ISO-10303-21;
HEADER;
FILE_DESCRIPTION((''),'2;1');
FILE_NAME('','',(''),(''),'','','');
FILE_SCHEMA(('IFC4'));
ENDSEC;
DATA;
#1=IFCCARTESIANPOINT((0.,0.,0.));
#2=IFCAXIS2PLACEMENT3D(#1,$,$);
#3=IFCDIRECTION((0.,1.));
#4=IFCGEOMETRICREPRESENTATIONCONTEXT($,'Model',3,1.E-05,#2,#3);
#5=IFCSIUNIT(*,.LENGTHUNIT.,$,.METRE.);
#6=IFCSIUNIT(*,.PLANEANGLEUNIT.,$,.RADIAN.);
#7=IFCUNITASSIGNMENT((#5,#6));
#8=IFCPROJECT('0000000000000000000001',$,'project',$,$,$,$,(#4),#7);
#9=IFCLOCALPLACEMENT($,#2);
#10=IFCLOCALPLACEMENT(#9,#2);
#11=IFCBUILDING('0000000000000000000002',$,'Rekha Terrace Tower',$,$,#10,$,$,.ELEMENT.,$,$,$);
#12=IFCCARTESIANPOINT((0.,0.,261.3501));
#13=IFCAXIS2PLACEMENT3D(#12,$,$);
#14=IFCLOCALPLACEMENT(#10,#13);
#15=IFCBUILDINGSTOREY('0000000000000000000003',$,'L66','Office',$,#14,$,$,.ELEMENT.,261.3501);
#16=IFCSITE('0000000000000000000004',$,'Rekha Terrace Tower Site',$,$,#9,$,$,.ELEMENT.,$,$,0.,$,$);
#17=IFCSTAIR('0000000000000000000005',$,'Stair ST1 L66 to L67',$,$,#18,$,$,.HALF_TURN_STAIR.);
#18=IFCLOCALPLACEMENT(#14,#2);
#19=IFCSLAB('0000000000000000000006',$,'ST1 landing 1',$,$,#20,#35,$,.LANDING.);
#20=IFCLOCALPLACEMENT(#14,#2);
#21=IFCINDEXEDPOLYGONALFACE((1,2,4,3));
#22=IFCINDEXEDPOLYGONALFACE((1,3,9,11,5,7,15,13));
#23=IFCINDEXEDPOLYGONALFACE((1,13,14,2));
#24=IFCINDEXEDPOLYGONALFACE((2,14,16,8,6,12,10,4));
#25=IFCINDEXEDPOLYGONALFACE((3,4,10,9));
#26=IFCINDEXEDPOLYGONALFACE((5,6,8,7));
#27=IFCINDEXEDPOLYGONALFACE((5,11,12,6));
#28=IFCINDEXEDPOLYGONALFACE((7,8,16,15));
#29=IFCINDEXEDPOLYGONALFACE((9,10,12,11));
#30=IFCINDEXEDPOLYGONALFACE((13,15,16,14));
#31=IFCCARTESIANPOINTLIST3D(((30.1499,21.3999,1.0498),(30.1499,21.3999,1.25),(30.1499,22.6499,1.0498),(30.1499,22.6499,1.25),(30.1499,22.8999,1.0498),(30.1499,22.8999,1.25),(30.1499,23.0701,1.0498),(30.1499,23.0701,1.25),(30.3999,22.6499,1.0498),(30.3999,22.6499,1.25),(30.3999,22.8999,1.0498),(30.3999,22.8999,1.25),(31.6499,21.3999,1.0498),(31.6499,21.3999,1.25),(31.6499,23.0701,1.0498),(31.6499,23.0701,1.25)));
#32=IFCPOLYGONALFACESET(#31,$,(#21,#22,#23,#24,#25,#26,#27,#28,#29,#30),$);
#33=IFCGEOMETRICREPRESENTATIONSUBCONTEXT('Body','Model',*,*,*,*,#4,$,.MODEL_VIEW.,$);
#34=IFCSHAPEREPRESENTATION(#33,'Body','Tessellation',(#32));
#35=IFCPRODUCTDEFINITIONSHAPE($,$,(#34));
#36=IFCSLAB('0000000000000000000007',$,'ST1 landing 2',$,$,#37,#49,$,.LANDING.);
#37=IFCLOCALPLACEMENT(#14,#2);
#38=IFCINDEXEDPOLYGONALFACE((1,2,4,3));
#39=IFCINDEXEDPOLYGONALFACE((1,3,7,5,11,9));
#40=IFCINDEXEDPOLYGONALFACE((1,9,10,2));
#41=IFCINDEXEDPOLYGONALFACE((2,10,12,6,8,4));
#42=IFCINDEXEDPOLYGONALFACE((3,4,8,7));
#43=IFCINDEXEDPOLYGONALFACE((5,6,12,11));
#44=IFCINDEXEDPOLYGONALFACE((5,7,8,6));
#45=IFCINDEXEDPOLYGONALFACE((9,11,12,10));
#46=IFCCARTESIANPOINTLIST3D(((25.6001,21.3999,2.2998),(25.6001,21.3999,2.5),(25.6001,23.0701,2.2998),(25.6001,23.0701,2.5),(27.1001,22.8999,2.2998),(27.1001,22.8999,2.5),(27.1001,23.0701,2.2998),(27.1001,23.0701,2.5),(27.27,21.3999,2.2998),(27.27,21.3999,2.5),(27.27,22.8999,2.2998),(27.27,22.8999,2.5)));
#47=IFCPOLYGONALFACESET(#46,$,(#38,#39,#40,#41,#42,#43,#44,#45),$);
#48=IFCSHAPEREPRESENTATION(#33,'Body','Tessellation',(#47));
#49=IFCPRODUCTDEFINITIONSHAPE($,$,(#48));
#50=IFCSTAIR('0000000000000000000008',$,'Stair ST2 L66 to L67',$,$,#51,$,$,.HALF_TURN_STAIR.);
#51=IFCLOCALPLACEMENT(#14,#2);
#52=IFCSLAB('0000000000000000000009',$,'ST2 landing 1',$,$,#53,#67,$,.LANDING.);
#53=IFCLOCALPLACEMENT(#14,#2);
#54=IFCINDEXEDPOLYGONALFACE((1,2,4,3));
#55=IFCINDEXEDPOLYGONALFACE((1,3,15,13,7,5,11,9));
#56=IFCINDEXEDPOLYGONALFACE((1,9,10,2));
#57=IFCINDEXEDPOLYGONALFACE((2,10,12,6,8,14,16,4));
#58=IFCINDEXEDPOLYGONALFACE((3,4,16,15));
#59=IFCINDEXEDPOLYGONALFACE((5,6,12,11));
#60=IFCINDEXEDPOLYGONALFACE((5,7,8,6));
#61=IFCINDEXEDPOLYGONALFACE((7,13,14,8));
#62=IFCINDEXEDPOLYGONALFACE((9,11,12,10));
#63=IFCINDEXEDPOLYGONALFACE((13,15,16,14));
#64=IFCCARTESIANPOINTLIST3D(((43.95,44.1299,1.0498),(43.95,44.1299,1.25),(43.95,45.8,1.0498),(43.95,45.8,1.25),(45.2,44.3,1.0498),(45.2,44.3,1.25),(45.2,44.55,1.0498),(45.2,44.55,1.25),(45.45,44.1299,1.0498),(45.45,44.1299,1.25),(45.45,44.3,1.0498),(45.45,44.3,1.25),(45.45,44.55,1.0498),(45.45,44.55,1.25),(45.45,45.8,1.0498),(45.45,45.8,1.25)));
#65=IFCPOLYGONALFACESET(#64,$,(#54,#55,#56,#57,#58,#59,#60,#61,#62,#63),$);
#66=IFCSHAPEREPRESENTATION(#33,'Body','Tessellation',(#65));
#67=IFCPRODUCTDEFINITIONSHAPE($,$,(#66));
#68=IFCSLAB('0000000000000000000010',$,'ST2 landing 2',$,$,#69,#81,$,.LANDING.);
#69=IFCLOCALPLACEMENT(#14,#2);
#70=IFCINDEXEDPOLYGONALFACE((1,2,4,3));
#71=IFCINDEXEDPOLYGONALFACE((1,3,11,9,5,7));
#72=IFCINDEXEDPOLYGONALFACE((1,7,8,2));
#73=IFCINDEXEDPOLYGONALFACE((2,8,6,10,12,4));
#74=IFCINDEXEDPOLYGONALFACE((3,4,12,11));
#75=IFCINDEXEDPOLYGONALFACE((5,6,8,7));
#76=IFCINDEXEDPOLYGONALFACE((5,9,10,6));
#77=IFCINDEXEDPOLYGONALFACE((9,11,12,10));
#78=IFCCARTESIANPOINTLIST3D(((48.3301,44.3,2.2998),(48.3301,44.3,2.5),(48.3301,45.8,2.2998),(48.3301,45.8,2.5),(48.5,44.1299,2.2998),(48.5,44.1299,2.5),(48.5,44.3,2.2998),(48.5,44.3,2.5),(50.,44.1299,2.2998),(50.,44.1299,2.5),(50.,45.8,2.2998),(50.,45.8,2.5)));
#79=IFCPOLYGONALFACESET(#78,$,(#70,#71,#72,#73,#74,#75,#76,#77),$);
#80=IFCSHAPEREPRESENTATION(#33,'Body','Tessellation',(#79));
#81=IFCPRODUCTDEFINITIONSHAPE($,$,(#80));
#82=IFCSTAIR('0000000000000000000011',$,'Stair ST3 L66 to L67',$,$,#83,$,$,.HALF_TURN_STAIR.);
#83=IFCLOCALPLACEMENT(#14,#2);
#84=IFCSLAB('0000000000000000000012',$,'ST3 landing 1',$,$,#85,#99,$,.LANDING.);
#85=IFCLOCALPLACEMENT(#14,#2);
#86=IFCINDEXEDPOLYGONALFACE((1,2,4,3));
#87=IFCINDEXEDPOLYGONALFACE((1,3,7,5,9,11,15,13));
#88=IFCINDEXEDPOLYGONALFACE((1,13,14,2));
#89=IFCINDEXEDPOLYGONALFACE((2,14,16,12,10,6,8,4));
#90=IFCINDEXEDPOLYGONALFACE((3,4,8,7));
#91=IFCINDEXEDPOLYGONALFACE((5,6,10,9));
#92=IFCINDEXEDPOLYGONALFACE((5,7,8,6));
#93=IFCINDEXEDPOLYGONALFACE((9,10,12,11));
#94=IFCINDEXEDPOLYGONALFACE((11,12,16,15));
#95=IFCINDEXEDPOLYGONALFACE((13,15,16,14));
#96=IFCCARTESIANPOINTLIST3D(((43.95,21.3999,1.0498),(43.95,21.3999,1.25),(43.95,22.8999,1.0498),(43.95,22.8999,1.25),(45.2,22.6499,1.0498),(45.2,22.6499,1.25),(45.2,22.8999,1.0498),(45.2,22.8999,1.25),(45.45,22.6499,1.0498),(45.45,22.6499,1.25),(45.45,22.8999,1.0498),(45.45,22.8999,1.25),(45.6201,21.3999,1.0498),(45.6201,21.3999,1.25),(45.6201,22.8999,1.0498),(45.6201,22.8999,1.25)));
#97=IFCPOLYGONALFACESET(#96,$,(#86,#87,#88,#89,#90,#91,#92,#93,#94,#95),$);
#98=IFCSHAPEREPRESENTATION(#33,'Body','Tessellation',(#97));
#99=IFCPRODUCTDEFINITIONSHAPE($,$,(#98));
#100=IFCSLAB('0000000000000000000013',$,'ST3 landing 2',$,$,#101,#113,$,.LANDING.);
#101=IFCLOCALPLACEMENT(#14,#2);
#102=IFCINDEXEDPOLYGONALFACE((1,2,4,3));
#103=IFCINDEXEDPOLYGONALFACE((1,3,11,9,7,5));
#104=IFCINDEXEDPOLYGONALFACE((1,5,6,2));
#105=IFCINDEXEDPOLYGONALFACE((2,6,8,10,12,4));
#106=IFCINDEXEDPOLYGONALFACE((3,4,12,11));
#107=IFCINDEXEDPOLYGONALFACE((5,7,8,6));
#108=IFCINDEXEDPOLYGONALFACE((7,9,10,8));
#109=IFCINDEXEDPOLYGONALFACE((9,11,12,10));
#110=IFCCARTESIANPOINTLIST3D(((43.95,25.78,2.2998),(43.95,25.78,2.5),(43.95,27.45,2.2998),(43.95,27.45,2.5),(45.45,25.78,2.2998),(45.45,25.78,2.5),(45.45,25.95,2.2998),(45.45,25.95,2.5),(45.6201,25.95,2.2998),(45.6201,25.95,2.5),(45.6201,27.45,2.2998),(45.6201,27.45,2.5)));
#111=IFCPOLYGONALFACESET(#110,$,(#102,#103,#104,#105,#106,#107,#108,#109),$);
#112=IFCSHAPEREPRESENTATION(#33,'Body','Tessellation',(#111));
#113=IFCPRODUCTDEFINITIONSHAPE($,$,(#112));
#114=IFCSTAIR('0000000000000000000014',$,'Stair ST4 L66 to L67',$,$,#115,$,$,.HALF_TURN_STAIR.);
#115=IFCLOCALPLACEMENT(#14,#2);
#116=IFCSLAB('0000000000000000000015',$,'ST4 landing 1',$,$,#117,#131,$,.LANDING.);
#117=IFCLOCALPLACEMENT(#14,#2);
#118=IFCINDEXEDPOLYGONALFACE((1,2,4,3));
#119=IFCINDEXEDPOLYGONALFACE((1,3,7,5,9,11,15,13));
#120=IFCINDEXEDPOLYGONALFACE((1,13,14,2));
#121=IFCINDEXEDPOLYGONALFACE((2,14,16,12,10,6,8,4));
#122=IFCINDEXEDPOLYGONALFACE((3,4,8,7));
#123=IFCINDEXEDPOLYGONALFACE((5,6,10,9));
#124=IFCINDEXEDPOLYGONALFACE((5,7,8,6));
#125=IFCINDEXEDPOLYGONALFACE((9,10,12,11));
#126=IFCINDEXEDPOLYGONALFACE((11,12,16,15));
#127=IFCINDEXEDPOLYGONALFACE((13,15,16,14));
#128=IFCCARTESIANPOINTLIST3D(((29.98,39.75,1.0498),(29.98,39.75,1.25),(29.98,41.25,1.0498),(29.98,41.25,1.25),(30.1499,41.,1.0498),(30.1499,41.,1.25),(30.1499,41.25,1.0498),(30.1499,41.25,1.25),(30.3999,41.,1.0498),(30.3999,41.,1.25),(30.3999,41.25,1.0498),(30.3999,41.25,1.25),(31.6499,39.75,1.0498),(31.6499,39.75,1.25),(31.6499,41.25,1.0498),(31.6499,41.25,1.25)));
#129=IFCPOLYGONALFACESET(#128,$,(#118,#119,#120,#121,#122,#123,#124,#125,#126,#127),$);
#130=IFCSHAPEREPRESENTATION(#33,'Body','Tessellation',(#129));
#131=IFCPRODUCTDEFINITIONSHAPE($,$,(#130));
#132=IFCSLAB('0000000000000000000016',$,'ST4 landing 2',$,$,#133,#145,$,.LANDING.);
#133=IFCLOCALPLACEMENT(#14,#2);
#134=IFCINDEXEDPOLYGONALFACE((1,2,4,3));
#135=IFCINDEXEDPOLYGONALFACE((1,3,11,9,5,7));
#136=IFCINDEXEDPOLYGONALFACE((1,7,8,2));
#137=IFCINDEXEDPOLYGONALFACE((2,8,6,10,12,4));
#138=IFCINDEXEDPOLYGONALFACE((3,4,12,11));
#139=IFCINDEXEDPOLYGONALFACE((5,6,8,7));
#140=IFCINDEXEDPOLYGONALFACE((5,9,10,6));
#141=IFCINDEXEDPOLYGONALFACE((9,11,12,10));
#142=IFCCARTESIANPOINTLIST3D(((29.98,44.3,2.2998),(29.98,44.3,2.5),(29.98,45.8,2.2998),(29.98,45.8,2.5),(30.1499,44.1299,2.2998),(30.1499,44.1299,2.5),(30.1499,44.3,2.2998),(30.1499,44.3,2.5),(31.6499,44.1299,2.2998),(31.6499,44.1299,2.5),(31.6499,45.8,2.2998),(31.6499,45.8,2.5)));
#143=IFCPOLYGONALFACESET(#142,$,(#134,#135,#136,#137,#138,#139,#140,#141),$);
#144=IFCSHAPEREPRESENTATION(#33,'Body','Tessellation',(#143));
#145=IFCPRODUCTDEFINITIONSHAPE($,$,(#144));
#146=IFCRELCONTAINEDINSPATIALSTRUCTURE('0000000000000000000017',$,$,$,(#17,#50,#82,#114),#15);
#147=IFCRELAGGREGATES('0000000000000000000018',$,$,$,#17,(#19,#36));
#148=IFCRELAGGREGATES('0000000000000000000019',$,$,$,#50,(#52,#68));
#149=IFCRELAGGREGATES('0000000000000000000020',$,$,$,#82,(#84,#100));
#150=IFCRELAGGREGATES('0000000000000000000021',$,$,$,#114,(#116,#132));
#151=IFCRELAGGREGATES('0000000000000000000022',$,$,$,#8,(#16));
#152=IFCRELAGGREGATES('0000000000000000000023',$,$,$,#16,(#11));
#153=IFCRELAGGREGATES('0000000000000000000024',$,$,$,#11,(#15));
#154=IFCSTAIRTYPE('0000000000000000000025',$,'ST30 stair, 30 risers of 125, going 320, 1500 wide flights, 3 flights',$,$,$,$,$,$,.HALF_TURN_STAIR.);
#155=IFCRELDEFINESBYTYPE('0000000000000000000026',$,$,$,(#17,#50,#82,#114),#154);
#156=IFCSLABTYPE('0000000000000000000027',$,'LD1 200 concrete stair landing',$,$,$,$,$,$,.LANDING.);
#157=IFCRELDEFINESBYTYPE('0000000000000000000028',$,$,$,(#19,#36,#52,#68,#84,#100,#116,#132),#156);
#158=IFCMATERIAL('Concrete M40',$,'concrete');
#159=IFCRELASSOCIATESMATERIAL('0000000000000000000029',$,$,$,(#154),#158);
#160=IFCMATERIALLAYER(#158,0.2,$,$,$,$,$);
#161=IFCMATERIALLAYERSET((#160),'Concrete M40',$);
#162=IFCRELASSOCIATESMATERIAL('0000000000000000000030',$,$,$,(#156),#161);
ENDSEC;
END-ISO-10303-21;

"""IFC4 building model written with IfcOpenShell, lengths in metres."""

from ifc_helpers import new_model, si_unit, direction, frame, origin, place, context, subcontext, project, spatial, polyline, outline, extrude, material, layer, layer_set, type_object, element, aggregate, save


model = new_model("IFC4")

# Units and contexts
model_context = context("Model", 3, precision=1e-05, world=origin(), true_north=direction((0.0, 1.0)))
body_context = subcontext(model_context, "Body", "Model", "MODEL_VIEW")
ifc_project = project(units=[si_unit("LENGTHUNIT", "METRE"), si_unit("PLANEANGLEUNIT", "RADIAN")], contexts=[model_context])

# Site, building, storey
site_placement = place(None, origin())
site = spatial("IfcSite", under=ifc_project, at=site_placement, Name="Rekha Terrace Tower Site", CompositionType="ELEMENT", RefElevation=0.0)
building_placement = place(site_placement, origin())
building = spatial("IfcBuilding", under=site, at=building_placement, Name="Rekha Terrace Tower", CompositionType="ELEMENT")
storey_placement = place(building_placement, frame((0.0, 0.0, 261.3501)))
storey = spatial("IfcBuildingStorey", under=building, at=storey_placement, Name="L66", Description="Office", CompositionType="ELEMENT", Elevation=261.3501)

# Stairs, slabs
ifc_material_1 = material(Name="Concrete M40", Category="concrete")
stair_type = type_object("IfcStairType", Name="ST30 stair, 30 risers of 125, going 320, 1500 wide flights, 3 flights", PredefinedType="HALF_TURN_STAIR", material=ifc_material_1)
stair_1_placement = place(storey_placement, origin())
stair_1 = element("IfcStair", 1, at=stair_1_placement, inside=storey, type_object=stair_type, Name="Stair ST1 L66 to L67", PredefinedType="HALF_TURN_STAIR")
ifc_layer_1 = layer(ifc_material_1, 0.2)
ifc_layer_set_1 = layer_set([ifc_layer_1], Name="Concrete M40")
slab_type_1 = type_object("IfcSlabType", Name="LD1 200 concrete stair landing", PredefinedType="LANDING", material=ifc_layer_set_1)
slab_1_placement = place(storey_placement, frame((0.0, 0.0, 1.0498)))
slab_1 = element("IfcSlab", 2, at=slab_1_placement, type_object=slab_type_1, Name="ST1 landing 1", PredefinedType="LANDING", context=body_context, shape_type="SweptSolid", body=[
    extrude(outline(polyline([(30.1499, 21.3999), (31.6499, 21.3999), (31.6499, 23.0701), (30.1499, 23.0701), (30.1499, 22.8999), (30.3999, 22.8999), (30.3999, 22.6499), (30.1499, 22.6499), (30.1499, 21.3999)])), origin(), (0.0, 0.0, 1.0), 0.2002),
])
slab_2_placement = place(storey_placement, frame((0.0, 0.0, 2.2998)))
slab_2 = element("IfcSlab", 3, at=slab_2_placement, type_object=slab_type_1, Name="ST1 landing 2", PredefinedType="LANDING", context=body_context, shape_type="SweptSolid", body=[
    extrude(outline(polyline([(27.1001, 23.0701), (25.6001, 23.0701), (25.6001, 21.3999), (27.27, 21.3999), (27.27, 22.8999), (27.1001, 22.8999), (27.1001, 23.0701)])), origin(), (0.0, 0.0, 1.0), 0.2002),
])
aggregate(stair_1, [slab_1, slab_2])
stair_2_placement = place(storey_placement, origin())
stair_2 = element("IfcStair", 4, at=stair_2_placement, inside=storey, type_object=stair_type, Name="Stair ST2 L66 to L67", PredefinedType="HALF_TURN_STAIR")
slab_3_placement = place(storey_placement, frame((0.0, 0.0, 1.0498)))
slab_3 = element("IfcSlab", 5, at=slab_3_placement, type_object=slab_type_1, Name="ST2 landing 1", PredefinedType="LANDING", context=body_context, shape_type="SweptSolid", body=[
    extrude(outline(polyline([(45.45, 45.8), (43.95, 45.8), (43.95, 44.1299), (45.45, 44.1299), (45.45, 44.3), (45.2, 44.3), (45.2, 44.55), (45.45, 44.55), (45.45, 45.8)])), origin(), (0.0, 0.0, 1.0), 0.2002),
])
slab_4_placement = place(storey_placement, frame((0.0, 0.0, 2.2998)))
slab_4 = element("IfcSlab", 6, at=slab_4_placement, type_object=slab_type_1, Name="ST2 landing 2", PredefinedType="LANDING", context=body_context, shape_type="SweptSolid", body=[
    extrude(outline(polyline([(48.5, 44.1299), (50.0, 44.1299), (50.0, 45.8), (48.3301, 45.8), (48.3301, 44.3), (48.5, 44.3), (48.5, 44.1299)])), origin(), (0.0, 0.0, 1.0), 0.2002),
])
aggregate(stair_2, [slab_3, slab_4])
stair_3_placement = place(storey_placement, origin())
stair_3 = element("IfcStair", 7, at=stair_3_placement, inside=storey, type_object=stair_type, Name="Stair ST3 L66 to L67", PredefinedType="HALF_TURN_STAIR")
slab_5_placement = place(storey_placement, frame((0.0, 0.0, 1.0498)))
slab_5 = element("IfcSlab", 8, at=slab_5_placement, type_object=slab_type_1, Name="ST3 landing 1", PredefinedType="LANDING", context=body_context, shape_type="SweptSolid", body=[
    extrude(outline(polyline([(43.95, 22.8999), (43.95, 21.3999), (45.6201, 21.3999), (45.6201, 22.8999), (45.45, 22.8999), (45.45, 22.6499), (45.2, 22.6499), (45.2, 22.8999), (43.95, 22.8999)])), origin(), (0.0, 0.0, 1.0), 0.2002),
])
slab_6_placement = place(storey_placement, frame((0.0, 0.0, 2.2998)))
slab_6 = element("IfcSlab", 9, at=slab_6_placement, type_object=slab_type_1, Name="ST3 landing 2", PredefinedType="LANDING", context=body_context, shape_type="SweptSolid", body=[
    extrude(outline(polyline([(45.6201, 25.95), (45.6201, 27.45), (43.95, 27.45), (43.95, 25.78), (45.45, 25.78), (45.45, 25.95), (45.6201, 25.95)])), origin(), (0.0, 0.0, 1.0), 0.2002),
])
aggregate(stair_3, [slab_5, slab_6])
stair_4_placement = place(storey_placement, origin())
stair_4 = element("IfcStair", 10, at=stair_4_placement, inside=storey, type_object=stair_type, Name="Stair ST4 L66 to L67", PredefinedType="HALF_TURN_STAIR")
slab_7_placement = place(storey_placement, frame((0.0, 0.0, 1.0498)))
slab_7 = element("IfcSlab", 11, at=slab_7_placement, type_object=slab_type_1, Name="ST4 landing 1", PredefinedType="LANDING", context=body_context, shape_type="SweptSolid", body=[
    extrude(outline(polyline([(31.6499, 41.25), (31.6499, 39.75), (29.98, 39.75), (29.98, 41.25), (30.1499, 41.25), (30.1499, 41.0), (30.3999, 41.0), (30.3999, 41.25), (31.6499, 41.25)])), origin(), (0.0, 0.0, 1.0), 0.2002),
])
slab_8_placement = place(storey_placement, frame((0.0, 0.0, 2.2998)))
slab_8 = element("IfcSlab", 12, at=slab_8_placement, type_object=slab_type_1, Name="ST4 landing 2", PredefinedType="LANDING", context=body_context, shape_type="SweptSolid", body=[
    extrude(outline(polyline([(29.98, 44.3), (29.98, 45.8), (31.6499, 45.8), (31.6499, 44.1299), (30.1499, 44.1299), (30.1499, 44.3), (29.98, 44.3)])), origin(), (0.0, 0.0, 1.0), 0.2002),
])
aggregate(stair_4, [slab_7, slab_8])

save(model, "model.ifc")
